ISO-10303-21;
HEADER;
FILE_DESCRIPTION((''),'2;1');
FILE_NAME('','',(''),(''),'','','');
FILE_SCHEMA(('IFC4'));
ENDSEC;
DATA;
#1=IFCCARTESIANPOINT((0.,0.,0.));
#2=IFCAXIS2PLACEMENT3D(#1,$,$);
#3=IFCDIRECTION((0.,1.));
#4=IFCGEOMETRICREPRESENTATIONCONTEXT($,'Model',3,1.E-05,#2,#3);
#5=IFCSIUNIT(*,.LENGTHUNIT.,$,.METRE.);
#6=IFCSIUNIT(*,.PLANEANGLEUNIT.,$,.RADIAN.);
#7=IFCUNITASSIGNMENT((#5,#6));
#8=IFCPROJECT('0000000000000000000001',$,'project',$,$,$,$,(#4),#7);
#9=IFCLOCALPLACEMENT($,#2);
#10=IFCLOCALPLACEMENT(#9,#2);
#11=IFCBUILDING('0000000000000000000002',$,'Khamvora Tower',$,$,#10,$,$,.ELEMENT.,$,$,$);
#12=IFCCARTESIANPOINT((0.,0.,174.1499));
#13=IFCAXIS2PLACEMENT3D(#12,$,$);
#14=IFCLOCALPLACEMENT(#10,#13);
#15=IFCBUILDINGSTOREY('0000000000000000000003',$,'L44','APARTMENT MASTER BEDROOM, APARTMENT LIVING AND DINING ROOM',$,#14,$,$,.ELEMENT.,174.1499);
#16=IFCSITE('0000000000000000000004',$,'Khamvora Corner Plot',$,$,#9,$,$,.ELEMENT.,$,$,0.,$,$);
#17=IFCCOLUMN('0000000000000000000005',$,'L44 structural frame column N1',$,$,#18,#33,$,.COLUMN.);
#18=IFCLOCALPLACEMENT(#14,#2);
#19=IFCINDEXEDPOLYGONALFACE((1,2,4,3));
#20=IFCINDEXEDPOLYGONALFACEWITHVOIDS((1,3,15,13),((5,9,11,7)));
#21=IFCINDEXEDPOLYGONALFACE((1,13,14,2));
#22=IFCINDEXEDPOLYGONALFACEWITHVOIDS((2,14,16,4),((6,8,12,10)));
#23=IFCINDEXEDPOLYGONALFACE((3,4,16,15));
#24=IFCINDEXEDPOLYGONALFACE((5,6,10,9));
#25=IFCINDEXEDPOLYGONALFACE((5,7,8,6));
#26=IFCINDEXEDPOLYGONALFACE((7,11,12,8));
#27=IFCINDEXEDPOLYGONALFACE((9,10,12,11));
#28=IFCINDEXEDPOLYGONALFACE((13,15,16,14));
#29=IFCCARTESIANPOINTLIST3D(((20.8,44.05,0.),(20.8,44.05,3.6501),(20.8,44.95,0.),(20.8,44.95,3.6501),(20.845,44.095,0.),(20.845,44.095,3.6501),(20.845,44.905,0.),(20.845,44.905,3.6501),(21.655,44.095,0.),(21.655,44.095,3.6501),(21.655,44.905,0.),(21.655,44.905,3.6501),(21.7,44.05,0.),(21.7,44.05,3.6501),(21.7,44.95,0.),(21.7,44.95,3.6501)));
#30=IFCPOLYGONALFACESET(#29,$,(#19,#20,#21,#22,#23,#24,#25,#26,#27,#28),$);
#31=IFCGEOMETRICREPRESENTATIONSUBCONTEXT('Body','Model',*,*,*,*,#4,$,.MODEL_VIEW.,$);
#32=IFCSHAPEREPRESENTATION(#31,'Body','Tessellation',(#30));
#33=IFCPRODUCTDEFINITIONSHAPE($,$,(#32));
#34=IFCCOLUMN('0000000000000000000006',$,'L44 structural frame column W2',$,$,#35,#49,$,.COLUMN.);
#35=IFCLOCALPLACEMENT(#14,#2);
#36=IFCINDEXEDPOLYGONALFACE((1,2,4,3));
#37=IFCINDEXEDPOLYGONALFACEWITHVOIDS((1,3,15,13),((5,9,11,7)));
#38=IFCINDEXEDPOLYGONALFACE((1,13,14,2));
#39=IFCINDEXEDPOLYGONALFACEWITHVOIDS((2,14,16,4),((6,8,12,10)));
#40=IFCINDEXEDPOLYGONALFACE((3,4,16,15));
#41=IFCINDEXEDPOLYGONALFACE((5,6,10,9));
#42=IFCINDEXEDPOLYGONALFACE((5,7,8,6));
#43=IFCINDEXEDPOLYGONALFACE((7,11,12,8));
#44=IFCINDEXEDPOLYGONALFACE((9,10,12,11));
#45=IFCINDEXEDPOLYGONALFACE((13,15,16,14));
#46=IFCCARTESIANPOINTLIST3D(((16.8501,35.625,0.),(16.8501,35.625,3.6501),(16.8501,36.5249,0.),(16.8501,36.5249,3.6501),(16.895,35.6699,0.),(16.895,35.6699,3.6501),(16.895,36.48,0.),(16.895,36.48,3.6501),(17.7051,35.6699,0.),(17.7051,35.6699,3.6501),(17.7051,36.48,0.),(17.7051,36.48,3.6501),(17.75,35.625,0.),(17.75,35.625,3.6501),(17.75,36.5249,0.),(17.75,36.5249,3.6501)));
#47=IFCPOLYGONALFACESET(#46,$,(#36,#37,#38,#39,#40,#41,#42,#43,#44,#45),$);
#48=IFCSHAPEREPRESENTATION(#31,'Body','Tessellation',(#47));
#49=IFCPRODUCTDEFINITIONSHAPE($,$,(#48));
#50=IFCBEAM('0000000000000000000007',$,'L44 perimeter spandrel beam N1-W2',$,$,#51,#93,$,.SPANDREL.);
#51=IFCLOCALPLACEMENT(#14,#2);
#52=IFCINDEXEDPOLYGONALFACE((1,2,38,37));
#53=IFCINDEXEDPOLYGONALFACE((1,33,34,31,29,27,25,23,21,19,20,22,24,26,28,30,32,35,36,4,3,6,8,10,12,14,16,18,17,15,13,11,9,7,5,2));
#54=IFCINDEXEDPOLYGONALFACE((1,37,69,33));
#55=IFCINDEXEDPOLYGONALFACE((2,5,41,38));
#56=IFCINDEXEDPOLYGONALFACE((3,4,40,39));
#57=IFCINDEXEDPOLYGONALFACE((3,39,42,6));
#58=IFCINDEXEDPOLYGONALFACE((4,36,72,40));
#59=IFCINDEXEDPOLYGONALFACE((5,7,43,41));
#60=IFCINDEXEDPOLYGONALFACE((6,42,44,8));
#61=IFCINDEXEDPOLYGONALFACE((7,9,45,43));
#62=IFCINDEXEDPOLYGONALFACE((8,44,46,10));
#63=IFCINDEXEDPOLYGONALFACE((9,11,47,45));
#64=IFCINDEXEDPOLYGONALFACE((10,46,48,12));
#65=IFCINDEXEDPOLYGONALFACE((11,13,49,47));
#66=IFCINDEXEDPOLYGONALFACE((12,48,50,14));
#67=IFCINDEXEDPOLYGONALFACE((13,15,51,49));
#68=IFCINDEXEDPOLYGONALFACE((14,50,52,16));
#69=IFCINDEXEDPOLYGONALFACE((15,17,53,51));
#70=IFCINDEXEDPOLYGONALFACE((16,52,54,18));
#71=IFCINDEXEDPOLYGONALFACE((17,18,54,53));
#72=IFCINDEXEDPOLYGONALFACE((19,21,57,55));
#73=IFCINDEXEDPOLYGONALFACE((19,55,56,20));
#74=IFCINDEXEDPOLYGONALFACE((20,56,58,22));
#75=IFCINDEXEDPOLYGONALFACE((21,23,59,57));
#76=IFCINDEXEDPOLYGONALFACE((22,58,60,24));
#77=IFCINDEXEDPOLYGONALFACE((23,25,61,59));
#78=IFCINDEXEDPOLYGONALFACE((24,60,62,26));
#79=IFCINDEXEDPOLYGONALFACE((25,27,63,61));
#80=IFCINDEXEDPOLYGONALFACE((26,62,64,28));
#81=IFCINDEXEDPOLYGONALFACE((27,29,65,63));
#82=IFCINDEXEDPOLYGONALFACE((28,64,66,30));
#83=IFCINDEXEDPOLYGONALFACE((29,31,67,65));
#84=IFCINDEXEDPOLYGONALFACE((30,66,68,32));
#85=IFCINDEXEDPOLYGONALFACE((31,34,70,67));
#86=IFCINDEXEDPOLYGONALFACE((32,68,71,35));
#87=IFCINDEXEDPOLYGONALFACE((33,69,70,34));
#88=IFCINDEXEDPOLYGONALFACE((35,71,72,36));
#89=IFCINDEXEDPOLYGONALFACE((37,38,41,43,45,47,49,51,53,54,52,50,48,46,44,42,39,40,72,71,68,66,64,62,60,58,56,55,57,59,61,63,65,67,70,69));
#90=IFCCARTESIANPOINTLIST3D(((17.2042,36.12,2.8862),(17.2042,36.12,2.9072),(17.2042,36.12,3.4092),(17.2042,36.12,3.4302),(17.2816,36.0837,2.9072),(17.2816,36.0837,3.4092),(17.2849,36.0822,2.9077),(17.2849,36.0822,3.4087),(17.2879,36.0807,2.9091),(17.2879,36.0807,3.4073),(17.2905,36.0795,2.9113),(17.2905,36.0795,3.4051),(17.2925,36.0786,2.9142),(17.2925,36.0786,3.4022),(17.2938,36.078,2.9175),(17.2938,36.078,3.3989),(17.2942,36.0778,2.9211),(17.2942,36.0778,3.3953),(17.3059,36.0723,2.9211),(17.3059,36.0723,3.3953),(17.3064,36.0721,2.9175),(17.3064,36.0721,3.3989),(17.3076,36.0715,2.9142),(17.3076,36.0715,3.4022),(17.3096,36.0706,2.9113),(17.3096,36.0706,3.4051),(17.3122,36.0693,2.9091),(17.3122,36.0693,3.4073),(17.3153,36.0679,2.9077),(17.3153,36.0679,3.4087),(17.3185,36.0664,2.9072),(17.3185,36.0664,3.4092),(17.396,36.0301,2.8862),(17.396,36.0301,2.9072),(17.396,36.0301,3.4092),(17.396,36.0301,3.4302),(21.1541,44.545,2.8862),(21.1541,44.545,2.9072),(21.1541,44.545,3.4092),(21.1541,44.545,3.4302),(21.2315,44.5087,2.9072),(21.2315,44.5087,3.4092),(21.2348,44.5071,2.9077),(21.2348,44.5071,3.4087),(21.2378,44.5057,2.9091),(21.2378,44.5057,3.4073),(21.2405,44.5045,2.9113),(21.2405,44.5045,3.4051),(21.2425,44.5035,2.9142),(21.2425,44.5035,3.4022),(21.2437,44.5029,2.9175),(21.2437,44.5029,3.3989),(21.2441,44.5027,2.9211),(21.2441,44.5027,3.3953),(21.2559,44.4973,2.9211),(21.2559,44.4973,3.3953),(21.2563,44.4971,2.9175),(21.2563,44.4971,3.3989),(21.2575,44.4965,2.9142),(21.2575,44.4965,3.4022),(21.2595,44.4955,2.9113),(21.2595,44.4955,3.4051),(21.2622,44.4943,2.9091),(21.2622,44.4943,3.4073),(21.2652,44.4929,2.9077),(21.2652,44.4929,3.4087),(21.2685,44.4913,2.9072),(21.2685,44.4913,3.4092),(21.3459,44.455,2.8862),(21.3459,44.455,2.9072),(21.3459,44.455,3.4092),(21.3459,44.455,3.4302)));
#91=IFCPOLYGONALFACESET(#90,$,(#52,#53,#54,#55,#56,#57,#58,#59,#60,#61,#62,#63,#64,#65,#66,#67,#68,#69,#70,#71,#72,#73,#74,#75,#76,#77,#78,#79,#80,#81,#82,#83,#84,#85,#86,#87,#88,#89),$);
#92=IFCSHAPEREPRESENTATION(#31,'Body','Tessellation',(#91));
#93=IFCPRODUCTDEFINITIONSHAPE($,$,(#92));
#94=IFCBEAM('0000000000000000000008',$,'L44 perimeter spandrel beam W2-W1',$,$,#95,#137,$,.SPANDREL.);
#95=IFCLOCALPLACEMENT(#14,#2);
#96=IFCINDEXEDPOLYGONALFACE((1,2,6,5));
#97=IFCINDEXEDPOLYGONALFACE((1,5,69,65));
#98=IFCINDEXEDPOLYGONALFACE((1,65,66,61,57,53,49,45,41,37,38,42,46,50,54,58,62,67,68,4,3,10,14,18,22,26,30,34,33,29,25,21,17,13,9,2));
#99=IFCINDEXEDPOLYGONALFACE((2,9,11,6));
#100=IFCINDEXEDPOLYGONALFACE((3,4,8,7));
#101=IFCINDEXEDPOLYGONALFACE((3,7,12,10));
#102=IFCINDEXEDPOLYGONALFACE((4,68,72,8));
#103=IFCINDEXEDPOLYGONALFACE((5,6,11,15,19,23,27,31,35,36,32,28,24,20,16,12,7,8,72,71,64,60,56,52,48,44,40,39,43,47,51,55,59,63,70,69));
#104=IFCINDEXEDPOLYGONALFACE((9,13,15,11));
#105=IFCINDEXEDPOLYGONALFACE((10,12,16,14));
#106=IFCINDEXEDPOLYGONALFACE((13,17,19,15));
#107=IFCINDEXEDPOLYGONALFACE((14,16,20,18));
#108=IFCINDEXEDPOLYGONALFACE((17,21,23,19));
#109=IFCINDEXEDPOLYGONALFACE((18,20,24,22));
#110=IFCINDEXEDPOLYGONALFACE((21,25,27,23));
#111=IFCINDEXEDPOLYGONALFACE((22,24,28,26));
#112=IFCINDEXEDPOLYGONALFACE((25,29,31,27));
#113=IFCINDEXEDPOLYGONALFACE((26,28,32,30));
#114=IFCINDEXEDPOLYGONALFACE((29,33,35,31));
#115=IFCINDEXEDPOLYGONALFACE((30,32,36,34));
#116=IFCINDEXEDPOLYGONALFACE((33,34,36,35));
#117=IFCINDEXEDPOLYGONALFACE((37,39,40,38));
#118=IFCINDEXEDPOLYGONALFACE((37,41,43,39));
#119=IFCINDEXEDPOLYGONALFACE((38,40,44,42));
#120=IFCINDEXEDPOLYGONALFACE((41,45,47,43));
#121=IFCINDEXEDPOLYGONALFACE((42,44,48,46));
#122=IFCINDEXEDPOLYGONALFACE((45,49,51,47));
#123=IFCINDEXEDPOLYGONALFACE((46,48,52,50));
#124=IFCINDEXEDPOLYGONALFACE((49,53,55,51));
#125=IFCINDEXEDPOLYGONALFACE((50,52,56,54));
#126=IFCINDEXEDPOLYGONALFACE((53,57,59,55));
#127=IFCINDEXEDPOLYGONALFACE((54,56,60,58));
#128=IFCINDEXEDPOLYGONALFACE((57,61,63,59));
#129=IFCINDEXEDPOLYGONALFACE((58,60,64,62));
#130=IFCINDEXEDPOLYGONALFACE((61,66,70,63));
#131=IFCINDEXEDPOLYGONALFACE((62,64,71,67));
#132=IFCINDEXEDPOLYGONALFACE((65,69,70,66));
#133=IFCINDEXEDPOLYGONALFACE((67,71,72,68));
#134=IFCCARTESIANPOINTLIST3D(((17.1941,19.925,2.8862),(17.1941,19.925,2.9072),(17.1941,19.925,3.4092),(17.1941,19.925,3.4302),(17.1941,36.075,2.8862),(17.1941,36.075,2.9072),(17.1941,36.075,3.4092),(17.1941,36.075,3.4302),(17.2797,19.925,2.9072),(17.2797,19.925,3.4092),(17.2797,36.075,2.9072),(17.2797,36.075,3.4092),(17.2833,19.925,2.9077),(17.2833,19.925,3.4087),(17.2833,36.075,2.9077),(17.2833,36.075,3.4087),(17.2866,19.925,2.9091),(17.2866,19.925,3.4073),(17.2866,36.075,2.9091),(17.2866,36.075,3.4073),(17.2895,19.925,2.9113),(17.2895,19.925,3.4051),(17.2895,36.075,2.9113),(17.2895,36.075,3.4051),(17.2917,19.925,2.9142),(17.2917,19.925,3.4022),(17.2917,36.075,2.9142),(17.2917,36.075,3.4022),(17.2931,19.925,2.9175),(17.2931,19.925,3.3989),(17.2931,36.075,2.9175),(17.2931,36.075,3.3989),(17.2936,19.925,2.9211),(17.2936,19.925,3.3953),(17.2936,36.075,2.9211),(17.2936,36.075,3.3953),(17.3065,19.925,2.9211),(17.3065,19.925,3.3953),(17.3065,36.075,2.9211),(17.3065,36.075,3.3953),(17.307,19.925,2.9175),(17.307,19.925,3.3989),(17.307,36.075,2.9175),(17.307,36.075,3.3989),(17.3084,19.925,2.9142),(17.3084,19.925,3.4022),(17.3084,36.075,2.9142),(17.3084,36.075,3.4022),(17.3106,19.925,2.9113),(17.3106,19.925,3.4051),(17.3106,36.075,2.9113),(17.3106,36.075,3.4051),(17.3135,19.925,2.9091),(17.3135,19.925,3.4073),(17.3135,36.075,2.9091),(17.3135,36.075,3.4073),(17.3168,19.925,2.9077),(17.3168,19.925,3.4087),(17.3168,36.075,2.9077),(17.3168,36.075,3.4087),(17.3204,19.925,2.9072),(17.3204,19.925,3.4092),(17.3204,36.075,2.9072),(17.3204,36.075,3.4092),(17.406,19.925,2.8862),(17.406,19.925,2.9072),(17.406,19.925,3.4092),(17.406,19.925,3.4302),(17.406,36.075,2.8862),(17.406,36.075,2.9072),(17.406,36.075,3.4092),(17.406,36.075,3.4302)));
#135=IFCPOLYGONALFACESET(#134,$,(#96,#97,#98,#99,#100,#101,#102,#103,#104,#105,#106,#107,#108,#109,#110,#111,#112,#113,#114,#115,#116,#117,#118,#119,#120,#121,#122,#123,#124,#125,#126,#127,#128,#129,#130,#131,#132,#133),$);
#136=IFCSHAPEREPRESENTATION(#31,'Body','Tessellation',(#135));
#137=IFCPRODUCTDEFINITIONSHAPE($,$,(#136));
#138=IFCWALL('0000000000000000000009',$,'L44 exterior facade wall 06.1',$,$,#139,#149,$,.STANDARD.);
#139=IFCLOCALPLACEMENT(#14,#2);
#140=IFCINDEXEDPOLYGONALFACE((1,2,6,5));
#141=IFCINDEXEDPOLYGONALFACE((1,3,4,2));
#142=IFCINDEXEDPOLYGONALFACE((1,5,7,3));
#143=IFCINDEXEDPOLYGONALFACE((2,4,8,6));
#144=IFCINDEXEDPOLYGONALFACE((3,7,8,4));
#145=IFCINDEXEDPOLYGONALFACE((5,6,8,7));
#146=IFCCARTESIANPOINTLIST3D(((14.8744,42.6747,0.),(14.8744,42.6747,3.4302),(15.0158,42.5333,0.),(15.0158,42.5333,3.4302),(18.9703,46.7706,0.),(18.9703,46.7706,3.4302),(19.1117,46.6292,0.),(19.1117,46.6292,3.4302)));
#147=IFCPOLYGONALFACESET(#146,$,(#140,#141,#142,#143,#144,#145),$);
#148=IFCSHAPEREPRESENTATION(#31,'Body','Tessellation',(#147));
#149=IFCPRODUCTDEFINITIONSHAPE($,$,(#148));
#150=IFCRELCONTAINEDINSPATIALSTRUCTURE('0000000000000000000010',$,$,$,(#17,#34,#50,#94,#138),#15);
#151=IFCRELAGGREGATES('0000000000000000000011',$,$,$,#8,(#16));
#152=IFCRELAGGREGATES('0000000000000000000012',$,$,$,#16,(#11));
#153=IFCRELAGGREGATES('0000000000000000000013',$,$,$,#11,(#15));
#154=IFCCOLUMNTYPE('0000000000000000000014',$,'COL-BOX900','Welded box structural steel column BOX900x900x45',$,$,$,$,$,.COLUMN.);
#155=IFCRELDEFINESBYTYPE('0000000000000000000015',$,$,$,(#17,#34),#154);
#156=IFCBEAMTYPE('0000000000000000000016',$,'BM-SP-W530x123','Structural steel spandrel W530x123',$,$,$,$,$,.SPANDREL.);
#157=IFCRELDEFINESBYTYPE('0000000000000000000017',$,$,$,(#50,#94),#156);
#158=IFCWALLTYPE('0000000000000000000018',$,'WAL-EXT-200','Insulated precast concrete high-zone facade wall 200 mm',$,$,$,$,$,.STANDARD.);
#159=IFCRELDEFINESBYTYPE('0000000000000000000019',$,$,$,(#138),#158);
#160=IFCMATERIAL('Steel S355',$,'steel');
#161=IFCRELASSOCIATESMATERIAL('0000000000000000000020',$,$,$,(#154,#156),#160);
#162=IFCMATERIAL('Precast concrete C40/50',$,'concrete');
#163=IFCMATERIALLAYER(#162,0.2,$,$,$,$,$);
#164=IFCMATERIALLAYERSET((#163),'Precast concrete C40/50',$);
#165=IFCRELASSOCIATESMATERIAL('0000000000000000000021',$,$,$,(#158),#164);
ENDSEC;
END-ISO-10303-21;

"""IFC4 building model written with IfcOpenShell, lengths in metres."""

from ifc_helpers import new_model, si_unit, direction, frame, frame_2d, origin, origin_2d, place, context, subcontext, project, spatial, rectangle, hollow_rectangle, i_section, extrude, material, layer, layer_set, material_profile, profile_set, type_object, element, save


model = new_model("IFC4")

# Units and contexts
model_context = context("Model", 3, precision=1e-05, world=origin(), true_north=direction((0.0, 1.0)))
body_context = subcontext(model_context, "Body", "Model", "MODEL_VIEW")
ifc_project = project(units=[si_unit("LENGTHUNIT", "METRE"), si_unit("PLANEANGLEUNIT", "RADIAN")], contexts=[model_context])

# Site, building, storey
site_placement = place(None, origin())
site = spatial("IfcSite", under=ifc_project, at=site_placement, Name="Khamvora Corner Plot", CompositionType="ELEMENT", RefElevation=0.0)
building_placement = place(site_placement, origin())
building = spatial("IfcBuilding", under=site, at=building_placement, Name="Khamvora Tower", CompositionType="ELEMENT")
storey_placement = place(building_placement, frame((0.0, 0.0, 174.1499)))
storey = spatial("IfcBuildingStorey", under=building, at=storey_placement, Name="L44", Description="APARTMENT MASTER BEDROOM, APARTMENT LIVING AND DINING ROOM", CompositionType="ELEMENT", Elevation=174.1499)

# Columns
ifc_material_1 = material(Name="Steel S355", Category="steel")
ifc_material_profile_1 = material_profile(ifc_material_1, hollow_rectangle(XDim=0.8999, YDim=0.8999, WallThickness=0.0449, at=origin_2d()), Name="BOX900x900x45")
ifc_profile_set_1 = profile_set([ifc_material_profile_1], Name="Steel S355")
column_type = type_object("IfcColumnType", Name="COL-BOX900", Description="Welded box structural steel column BOX900x900x45", PredefinedType="COLUMN", material=ifc_profile_set_1)
for number, where, z_axis, x_axis, name in (
    (1, (21.25, 44.5, 0.0), (0.0, 0.0, 1.0), (1.0, 0.0, 0.0), "L44 structural frame column N1"),
    (2, (17.3, 36.075, 0.0), (0.0, 0.0, 1.0), (1.0, 0.0, 0.0), "L44 structural frame column W2"),
):
    element("IfcColumn", number, at=place(storey_placement, frame(where, z_axis=z_axis, x_axis=x_axis)), inside=storey, type_object=column_type, Name=name, PredefinedType="COLUMN", context=body_context, shape_type="SweptSolid", body=[
        extrude(hollow_rectangle(XDim=0.8999, YDim=0.8999, WallThickness=0.0449, at=origin_2d()), origin(), (0.0, 0.0, 1.0), 3.6501),
    ])

# Beams
ifc_material_profile_2 = material_profile(ifc_material_1, i_section(OverallWidth=0.2119, OverallDepth=0.5439, WebThickness=0.0129, FlangeThickness=0.021, FilletRadius=0.0139, at=origin_2d()), Name="W530x123")
ifc_profile_set_2 = profile_set([ifc_material_profile_2], Name="Steel S355")
beam_type = type_object("IfcBeamType", Name="BM-SP-W530x123", Description="Structural steel spandrel W530x123", PredefinedType="SPANDREL", material=ifc_profile_set_2)
beam_1_placement = place(storey_placement, frame((21.25, 44.5, 3.1582), z_axis=(-0.424496, -0.90543, 0.0), x_axis=(0.90543, -0.424496, 0.0)))
element("IfcBeam", 3, at=beam_1_placement, inside=storey, type_object=beam_type, Name="L44 perimeter spandrel beam N1-W2", PredefinedType="SPANDREL", context=body_context, shape_type="SweptSolid", body=[
    extrude(i_section(OverallWidth=0.2119, OverallDepth=0.5439, WebThickness=0.0129, FlangeThickness=0.021, FilletRadius=0.0139, at=origin_2d()), origin(), (0.0, 0.0, 1.0), 9.3049),
])
beam_2_placement = place(storey_placement, frame((17.3, 36.075, 3.1582), z_axis=(0.0, -1.0, 0.0), x_axis=(1.0, 0.0, 0.0)))
element("IfcBeam", 4, at=beam_2_placement, inside=storey, type_object=beam_type, Name="L44 perimeter spandrel beam W2-W1", PredefinedType="SPANDREL", context=body_context, shape_type="SweptSolid", body=[
    extrude(i_section(OverallWidth=0.2119, OverallDepth=0.5439, WebThickness=0.0129, FlangeThickness=0.021, FilletRadius=0.0139, at=origin_2d()), origin(), (0.0, 0.0, 1.0), 16.1499),
])

# Wall
ifc_material_2 = material(Name="Precast concrete C40/50", Category="concrete")
ifc_layer_1 = layer(ifc_material_2, 0.2)
ifc_layer_set_1 = layer_set([ifc_layer_1], Name="Precast concrete C40/50")
wall_type_1 = type_object("IfcWallType", Name="WAL-EXT-200", Description="Insulated precast concrete high-zone facade wall 200 mm", PredefinedType="STANDARD", material=ifc_layer_set_1)
wall_1_placement = place(storey_placement, frame((14.9451, 42.604, 0.0), z_axis=(0.0, 0.0, 1.0), x_axis=(0.707107, 0.707107, 0.0)))
element("IfcWall", 5, at=wall_1_placement, inside=storey, type_object=wall_type_1, Name="L44 exterior facade wall 06.1", PredefinedType="STANDARD", context=body_context, shape_type="SweptSolid", body=[
    extrude(rectangle(XDim=5.7925, YDim=0.2, at=frame_2d((2.8962, 0.0))), origin(), (0.0, 0.0, 1.0), 3.4302),
])

save(model, "model.ifc")
